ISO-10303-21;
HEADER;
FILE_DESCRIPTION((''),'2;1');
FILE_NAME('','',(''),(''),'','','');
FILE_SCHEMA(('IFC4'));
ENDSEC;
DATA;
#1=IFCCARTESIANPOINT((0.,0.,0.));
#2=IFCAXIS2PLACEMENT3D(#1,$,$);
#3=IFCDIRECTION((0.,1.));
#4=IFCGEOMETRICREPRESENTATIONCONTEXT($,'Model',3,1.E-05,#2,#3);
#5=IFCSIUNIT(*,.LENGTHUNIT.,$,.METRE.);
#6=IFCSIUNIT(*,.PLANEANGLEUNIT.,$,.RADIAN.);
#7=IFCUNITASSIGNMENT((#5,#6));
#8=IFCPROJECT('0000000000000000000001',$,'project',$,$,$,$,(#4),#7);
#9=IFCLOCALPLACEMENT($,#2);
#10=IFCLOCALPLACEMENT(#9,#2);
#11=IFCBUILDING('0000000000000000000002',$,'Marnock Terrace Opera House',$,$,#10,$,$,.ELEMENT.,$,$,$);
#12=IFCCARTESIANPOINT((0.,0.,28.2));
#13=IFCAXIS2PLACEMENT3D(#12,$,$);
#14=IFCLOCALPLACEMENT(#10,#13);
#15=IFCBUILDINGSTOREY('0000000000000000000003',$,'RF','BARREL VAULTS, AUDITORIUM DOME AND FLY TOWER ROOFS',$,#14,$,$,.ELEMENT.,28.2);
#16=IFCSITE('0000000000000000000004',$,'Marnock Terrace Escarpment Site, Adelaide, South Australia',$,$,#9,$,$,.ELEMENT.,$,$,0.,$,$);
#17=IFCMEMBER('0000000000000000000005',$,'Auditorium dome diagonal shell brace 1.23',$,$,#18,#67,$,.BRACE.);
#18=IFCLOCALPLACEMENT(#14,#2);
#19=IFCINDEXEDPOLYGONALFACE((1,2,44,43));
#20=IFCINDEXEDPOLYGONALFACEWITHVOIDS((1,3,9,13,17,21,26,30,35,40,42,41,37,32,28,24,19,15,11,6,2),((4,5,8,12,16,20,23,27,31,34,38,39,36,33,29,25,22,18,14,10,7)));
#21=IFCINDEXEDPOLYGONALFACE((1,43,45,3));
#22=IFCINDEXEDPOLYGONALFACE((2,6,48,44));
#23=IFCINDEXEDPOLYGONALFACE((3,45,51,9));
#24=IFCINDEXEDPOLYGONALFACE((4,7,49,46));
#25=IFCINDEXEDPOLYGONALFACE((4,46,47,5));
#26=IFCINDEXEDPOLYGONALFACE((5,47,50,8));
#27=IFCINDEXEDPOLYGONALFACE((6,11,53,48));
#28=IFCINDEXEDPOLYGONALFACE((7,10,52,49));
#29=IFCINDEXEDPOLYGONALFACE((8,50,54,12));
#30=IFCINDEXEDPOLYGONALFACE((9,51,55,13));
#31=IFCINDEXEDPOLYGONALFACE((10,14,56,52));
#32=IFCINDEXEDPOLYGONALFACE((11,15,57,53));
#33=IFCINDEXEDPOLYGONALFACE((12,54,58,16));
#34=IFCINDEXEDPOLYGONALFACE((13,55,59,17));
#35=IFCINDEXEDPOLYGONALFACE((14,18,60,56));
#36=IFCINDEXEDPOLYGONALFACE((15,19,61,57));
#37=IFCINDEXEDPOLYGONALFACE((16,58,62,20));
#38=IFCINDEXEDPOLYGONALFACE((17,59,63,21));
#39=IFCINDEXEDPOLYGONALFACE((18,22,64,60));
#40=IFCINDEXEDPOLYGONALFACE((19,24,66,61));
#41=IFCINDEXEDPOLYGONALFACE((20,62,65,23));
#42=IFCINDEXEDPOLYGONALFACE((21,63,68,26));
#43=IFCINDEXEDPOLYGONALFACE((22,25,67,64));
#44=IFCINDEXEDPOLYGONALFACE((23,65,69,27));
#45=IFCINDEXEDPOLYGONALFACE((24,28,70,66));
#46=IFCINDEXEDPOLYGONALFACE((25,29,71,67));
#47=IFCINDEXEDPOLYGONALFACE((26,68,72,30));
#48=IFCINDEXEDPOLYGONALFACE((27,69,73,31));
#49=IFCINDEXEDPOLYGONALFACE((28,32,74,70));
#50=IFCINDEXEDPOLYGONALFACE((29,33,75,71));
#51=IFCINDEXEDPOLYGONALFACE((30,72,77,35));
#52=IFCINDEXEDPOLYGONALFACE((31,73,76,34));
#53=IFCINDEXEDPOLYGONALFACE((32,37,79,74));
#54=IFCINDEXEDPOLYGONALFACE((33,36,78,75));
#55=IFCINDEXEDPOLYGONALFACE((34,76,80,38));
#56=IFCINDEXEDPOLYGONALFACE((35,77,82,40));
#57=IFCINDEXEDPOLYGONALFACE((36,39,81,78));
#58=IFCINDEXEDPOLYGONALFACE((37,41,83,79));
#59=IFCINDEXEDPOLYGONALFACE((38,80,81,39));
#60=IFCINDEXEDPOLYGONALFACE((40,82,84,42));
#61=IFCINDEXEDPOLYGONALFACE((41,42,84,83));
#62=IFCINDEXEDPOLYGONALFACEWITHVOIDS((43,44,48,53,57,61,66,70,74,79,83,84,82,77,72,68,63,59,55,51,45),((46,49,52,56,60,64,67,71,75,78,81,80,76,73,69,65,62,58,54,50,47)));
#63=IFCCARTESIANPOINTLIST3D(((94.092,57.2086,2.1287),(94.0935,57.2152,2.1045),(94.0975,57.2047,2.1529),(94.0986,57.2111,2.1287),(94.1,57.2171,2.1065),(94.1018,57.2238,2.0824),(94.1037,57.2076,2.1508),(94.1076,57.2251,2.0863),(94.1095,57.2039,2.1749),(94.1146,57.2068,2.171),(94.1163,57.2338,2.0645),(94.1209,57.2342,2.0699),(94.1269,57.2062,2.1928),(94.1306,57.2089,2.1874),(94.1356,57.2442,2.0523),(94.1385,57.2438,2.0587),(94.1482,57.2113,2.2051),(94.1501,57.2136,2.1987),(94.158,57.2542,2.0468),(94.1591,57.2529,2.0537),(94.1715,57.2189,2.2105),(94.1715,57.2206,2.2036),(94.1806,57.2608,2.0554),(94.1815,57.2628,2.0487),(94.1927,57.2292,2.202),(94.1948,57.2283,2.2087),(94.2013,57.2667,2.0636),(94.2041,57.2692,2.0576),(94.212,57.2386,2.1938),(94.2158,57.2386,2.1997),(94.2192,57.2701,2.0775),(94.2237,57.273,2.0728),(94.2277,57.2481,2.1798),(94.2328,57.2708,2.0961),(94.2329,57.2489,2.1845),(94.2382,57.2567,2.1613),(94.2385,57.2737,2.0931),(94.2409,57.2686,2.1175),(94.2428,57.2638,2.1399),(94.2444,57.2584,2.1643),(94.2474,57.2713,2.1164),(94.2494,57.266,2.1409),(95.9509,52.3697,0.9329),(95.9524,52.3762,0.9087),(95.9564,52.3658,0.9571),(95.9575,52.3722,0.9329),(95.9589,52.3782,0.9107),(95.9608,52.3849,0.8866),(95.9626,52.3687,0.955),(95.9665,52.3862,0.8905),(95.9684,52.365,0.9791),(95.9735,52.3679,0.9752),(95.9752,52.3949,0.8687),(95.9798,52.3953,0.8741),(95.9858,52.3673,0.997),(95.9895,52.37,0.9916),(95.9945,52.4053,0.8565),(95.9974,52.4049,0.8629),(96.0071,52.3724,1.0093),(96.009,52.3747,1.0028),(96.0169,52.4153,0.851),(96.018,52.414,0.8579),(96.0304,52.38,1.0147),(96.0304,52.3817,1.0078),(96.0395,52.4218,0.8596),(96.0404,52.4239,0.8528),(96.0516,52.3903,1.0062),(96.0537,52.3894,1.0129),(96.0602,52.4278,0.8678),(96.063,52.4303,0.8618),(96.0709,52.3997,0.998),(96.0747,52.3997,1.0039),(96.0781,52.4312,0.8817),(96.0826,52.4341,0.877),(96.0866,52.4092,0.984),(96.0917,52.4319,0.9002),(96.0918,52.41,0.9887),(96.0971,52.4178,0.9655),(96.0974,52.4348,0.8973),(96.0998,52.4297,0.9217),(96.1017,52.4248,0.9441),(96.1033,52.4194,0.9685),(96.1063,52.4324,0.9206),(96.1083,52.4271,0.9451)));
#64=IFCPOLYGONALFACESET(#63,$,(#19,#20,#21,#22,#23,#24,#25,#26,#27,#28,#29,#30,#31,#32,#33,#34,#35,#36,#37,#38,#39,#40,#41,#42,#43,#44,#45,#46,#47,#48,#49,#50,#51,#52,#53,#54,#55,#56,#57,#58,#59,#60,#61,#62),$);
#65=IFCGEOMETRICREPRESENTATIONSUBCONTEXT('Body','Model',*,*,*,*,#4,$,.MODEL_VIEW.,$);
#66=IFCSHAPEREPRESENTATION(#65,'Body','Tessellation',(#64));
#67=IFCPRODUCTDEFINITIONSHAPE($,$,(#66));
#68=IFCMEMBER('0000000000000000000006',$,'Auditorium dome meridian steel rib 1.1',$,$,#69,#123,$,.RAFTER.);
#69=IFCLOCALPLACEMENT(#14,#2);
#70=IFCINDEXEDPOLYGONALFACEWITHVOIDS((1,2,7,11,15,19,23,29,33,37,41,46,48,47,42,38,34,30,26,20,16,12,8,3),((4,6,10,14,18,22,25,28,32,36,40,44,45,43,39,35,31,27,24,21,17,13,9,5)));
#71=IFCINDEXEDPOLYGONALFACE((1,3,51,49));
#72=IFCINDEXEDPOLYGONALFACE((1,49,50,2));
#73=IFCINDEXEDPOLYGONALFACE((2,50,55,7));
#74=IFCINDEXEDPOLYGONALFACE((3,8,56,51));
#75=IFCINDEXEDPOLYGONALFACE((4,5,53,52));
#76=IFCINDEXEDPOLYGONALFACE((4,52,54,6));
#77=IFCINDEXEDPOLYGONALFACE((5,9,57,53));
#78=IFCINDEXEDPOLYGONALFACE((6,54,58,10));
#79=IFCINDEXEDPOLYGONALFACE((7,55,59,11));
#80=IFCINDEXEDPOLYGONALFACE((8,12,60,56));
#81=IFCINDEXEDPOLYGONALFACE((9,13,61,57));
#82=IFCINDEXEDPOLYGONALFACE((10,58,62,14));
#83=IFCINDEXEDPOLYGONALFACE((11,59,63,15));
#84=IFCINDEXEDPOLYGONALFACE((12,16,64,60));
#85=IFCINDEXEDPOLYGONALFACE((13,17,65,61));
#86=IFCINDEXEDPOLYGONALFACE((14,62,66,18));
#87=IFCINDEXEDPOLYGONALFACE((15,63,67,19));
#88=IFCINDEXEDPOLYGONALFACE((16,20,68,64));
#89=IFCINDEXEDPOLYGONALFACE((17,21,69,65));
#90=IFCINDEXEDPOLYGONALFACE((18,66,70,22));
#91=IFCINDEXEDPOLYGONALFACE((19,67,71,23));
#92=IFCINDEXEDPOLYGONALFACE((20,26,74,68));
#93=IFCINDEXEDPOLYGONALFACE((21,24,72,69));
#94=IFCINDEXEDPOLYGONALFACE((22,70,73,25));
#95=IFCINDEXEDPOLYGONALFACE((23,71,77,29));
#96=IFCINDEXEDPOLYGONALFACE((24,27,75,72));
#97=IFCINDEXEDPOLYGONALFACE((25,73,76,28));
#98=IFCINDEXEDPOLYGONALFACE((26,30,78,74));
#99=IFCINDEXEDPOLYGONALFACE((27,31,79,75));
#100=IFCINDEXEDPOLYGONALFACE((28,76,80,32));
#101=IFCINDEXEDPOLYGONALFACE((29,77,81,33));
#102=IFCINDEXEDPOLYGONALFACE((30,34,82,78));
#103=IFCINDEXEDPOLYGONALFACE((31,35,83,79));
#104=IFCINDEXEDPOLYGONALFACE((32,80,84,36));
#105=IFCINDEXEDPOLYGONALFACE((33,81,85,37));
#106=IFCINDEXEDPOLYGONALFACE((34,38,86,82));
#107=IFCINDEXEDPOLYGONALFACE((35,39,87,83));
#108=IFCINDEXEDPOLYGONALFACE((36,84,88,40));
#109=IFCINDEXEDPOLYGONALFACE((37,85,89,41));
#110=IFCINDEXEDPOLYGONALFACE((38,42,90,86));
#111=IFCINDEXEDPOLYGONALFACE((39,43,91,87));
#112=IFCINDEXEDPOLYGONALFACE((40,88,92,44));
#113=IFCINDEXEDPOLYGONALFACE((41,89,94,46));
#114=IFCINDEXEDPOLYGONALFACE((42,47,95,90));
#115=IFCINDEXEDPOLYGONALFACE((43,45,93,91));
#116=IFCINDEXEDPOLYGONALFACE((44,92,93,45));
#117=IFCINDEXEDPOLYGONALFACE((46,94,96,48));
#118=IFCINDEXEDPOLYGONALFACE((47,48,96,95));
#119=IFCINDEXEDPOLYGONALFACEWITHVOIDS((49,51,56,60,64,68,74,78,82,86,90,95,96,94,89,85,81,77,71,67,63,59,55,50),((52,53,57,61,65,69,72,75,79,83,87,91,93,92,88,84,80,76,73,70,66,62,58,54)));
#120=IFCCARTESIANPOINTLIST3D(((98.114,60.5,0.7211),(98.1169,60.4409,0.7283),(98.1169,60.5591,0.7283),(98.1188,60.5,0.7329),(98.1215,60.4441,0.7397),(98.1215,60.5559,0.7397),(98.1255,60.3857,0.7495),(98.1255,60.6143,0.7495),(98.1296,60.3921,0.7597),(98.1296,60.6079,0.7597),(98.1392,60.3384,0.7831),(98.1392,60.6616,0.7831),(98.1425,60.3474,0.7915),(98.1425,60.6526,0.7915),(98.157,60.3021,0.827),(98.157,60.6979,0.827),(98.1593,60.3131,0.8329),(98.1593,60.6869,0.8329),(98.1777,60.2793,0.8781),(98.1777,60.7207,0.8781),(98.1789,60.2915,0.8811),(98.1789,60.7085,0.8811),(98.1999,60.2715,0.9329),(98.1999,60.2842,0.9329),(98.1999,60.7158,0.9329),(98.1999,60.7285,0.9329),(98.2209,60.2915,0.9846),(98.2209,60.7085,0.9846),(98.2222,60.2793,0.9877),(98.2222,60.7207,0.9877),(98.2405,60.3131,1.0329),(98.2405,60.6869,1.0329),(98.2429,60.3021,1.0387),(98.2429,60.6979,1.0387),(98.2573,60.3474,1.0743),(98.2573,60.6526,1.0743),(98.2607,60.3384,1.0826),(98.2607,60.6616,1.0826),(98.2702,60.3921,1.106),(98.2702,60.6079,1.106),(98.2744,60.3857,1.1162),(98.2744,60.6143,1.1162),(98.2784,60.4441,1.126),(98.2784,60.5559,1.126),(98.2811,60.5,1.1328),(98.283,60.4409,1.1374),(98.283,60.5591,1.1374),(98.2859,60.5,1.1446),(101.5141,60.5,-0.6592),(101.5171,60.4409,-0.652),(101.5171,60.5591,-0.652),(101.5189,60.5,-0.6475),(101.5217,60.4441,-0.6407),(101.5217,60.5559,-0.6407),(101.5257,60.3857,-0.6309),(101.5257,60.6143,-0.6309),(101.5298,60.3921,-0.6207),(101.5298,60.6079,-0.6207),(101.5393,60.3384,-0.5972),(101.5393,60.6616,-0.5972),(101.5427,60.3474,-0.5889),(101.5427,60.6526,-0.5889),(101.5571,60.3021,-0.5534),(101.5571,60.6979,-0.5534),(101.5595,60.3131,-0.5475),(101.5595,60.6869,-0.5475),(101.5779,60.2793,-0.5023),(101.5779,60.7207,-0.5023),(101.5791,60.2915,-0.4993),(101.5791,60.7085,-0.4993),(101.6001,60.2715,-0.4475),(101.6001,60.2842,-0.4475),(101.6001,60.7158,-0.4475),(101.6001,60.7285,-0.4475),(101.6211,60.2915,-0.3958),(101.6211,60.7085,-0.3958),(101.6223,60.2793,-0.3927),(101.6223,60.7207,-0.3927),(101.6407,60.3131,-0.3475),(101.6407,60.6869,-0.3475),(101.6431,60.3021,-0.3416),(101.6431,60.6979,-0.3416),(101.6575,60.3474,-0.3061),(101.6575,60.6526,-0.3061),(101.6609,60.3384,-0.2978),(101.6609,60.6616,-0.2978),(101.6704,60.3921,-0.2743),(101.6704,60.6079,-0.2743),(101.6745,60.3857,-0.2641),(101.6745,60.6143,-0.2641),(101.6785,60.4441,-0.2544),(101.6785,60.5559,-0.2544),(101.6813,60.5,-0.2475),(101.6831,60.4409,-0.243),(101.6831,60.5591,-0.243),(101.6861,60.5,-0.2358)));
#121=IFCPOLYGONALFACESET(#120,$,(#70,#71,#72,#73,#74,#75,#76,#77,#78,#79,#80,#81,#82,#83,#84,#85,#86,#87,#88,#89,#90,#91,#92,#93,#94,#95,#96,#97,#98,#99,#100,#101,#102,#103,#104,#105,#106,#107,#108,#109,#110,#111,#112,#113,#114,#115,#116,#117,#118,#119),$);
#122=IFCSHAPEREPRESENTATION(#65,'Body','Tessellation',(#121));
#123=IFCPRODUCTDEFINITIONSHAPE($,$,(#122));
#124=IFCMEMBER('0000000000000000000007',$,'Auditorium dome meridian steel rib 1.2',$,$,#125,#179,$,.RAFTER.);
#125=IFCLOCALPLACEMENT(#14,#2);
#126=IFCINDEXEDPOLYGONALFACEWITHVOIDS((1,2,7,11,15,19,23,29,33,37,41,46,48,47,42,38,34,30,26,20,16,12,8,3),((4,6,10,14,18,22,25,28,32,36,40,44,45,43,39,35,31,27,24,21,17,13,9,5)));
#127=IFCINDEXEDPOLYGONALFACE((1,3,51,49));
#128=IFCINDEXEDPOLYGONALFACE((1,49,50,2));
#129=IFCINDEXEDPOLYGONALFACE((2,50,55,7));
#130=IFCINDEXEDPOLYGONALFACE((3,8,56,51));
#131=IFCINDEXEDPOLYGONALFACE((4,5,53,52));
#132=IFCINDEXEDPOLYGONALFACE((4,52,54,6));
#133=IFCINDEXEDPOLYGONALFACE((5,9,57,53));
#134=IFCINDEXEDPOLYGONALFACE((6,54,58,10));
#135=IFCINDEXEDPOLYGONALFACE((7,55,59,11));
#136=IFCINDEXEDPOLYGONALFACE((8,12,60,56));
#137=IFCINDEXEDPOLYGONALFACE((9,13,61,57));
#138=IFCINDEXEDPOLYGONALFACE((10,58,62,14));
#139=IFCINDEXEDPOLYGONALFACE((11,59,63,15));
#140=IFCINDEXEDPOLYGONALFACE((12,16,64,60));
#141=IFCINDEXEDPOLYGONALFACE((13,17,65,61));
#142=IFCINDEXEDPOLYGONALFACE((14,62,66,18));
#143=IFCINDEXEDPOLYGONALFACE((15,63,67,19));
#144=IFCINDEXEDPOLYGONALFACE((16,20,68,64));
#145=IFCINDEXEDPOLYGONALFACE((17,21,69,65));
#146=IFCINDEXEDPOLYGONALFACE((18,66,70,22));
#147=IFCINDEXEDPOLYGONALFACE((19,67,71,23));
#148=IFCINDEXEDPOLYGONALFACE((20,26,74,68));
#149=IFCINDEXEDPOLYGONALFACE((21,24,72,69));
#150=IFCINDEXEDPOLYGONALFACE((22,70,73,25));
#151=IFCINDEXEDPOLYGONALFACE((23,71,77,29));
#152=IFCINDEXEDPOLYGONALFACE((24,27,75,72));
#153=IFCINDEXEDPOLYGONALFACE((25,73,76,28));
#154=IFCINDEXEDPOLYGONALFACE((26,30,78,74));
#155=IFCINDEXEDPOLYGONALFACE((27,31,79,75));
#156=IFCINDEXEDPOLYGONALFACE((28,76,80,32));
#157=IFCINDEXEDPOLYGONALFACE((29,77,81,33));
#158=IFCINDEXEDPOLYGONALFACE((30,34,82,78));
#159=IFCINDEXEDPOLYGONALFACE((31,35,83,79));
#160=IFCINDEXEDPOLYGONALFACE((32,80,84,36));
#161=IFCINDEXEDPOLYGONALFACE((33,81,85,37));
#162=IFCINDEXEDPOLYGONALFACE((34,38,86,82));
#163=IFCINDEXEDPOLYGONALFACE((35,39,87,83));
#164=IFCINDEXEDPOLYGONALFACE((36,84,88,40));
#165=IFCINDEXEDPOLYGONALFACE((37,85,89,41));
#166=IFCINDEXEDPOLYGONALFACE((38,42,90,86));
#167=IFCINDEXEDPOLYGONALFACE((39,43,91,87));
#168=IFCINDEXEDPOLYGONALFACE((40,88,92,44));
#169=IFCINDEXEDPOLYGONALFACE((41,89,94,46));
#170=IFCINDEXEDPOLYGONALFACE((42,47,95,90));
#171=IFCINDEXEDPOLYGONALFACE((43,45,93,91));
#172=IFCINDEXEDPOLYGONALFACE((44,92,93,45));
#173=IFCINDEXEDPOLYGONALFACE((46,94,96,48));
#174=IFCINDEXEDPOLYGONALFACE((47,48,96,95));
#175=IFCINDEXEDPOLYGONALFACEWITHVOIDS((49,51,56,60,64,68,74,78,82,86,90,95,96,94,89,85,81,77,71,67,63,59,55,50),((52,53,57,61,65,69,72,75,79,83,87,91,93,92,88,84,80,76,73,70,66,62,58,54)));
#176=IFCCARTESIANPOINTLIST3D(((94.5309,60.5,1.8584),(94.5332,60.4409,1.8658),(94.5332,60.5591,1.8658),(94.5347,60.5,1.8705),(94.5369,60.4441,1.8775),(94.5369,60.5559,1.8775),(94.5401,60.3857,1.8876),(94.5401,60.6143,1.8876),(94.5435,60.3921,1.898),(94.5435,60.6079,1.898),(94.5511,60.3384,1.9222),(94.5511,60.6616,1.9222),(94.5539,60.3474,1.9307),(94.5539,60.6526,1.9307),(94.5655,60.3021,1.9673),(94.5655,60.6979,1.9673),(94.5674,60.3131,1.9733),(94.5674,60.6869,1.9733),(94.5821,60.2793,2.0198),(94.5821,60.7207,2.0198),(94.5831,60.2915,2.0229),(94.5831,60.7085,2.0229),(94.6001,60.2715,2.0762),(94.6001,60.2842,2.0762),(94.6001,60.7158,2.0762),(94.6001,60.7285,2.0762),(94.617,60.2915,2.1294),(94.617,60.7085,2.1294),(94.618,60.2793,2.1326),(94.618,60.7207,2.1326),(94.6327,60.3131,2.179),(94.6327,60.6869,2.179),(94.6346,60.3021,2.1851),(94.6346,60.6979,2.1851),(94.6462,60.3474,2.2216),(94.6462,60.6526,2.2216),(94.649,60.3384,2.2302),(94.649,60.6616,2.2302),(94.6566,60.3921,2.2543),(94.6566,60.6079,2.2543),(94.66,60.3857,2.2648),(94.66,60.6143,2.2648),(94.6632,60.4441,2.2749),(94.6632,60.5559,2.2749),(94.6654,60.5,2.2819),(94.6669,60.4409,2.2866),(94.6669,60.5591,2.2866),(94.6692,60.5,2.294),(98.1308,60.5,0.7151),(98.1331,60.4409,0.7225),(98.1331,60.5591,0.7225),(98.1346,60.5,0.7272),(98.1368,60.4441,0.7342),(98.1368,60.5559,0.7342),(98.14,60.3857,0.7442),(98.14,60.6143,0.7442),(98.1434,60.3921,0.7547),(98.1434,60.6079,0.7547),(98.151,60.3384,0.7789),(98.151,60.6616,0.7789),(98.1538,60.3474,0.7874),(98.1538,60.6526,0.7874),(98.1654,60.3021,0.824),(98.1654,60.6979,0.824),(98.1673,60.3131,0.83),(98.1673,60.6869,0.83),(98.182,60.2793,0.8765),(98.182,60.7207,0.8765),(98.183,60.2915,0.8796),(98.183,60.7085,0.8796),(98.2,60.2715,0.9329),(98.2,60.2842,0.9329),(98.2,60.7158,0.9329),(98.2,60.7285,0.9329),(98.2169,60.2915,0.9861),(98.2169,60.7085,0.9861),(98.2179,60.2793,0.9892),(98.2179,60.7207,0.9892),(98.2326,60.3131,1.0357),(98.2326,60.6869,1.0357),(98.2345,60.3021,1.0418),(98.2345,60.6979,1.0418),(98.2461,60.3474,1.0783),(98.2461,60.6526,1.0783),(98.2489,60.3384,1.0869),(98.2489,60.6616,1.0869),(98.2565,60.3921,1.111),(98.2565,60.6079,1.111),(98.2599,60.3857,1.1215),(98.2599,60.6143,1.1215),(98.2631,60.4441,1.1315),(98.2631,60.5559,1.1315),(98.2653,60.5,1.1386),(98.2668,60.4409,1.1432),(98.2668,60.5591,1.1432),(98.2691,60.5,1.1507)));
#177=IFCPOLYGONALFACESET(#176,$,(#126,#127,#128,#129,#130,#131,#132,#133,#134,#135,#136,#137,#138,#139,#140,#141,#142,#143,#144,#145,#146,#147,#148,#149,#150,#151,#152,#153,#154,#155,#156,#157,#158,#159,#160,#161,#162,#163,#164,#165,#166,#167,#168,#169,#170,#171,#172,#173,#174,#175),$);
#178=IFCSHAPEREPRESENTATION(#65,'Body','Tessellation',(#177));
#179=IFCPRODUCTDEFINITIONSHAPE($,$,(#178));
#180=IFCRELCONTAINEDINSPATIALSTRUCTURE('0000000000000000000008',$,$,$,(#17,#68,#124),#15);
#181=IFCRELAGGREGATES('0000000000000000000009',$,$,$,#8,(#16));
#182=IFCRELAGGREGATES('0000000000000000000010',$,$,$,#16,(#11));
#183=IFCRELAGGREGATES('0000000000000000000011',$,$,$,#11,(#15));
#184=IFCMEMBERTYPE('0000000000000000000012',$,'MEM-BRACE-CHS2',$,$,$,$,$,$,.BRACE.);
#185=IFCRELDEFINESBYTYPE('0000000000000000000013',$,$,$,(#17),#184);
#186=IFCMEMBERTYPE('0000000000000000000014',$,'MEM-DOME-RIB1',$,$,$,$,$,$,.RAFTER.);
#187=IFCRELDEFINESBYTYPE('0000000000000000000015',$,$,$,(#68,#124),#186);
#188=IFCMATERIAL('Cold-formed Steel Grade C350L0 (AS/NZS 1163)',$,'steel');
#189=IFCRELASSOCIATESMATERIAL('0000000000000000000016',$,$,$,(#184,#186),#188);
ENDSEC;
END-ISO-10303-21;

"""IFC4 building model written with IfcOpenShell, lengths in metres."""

from ifc_helpers import new_model, si_unit, direction, frame, origin, origin_2d, place, context, subcontext, project, spatial, hollow_circle, extrude, material, material_profile, profile_set, type_object, element, save


model = new_model("IFC4")

# Units and contexts
model_context = context("Model", 3, precision=1e-05, world=origin(), true_north=direction((0.0, 1.0)))
body_context = subcontext(model_context, "Body", "Model", "MODEL_VIEW")
ifc_project = project(units=[si_unit("LENGTHUNIT", "METRE"), si_unit("PLANEANGLEUNIT", "RADIAN")], contexts=[model_context])

# Site, building, storey
site_placement = place(None, origin())
site = spatial("IfcSite", under=ifc_project, at=site_placement, Name="Marnock Terrace Escarpment Site, Adelaide, South Australia", CompositionType="ELEMENT", RefElevation=0.0)
building_placement = place(site_placement, origin())
building = spatial("IfcBuilding", under=site, at=building_placement, Name="Marnock Terrace Opera House", CompositionType="ELEMENT")
storey_placement = place(building_placement, frame((0.0, 0.0, 28.2)))
storey = spatial("IfcBuildingStorey", under=building, at=storey_placement, Name="RF", Description="BARREL VAULTS, AUDITORIUM DOME AND FLY TOWER ROOFS", CompositionType="ELEMENT", Elevation=28.2)

# Members
ifc_material_1 = material(Name="Cold-formed Steel Grade C350L0 (AS/NZS 1163)", Category="steel")
ifc_material_profile_1 = material_profile(ifc_material_1, hollow_circle(Radius=0.0842, WallThickness=0.0071, at=origin_2d()))
ifc_profile_set_1 = profile_set([ifc_material_profile_1], Name="Cold-formed Steel Grade C350L0 (AS/NZS 1163)")
member_type_1 = type_object("IfcMemberType", Name="MEM-BRACE-CHS2", PredefinedType="BRACE", material=ifc_profile_set_1)
member_1_placement = place(storey_placement, frame((96.0295, 52.3999, 0.9329), z_axis=(-0.349429, 0.9096, 0.224784), x_axis=(-0.933489, -0.358607, 0.0)))
element("IfcMember", 1, at=member_1_placement, inside=storey, type_object=member_type_1, Name="Auditorium dome diagonal shell brace 1.23", PredefinedType="BRACE", context=body_context, shape_type="SweptSolid", body=[
    extrude(hollow_circle(Radius=0.0842, WallThickness=0.0071, at=origin_2d()), origin(), (0.0, 0.0, 1.0), 5.3198),
])
ifc_material_profile_2 = material_profile(ifc_material_1, hollow_circle(Radius=0.2285, WallThickness=0.0127, at=origin_2d()))
ifc_profile_set_2 = profile_set([ifc_material_profile_2], Name="Cold-formed Steel Grade C350L0 (AS/NZS 1163)")
member_type_2 = type_object("IfcMemberType", Name="MEM-DOME-RIB1", PredefinedType="RAFTER", material=ifc_profile_set_2)
member_2_placement = place(storey_placement, frame((101.6001, 60.5, -0.4475), z_axis=(-0.926556, 0.0, 0.376158), x_axis=(0.0, -1.0, 0.0)))
element("IfcMember", 2, at=member_2_placement, inside=storey, type_object=member_type_2, Name="Auditorium dome meridian steel rib 1.1", PredefinedType="RAFTER", context=body_context, shape_type="SweptSolid", body=[
    extrude(hollow_circle(Radius=0.2285, WallThickness=0.0127, at=origin_2d()), origin(), (0.0, 0.0, 1.0), 3.6697),
])
member_3_placement = place(storey_placement, frame((98.2, 60.5, 0.9329), z_axis=(-0.953086, 0.0, 0.302699), x_axis=(0.0, -1.0, 0.0)))
element("IfcMember", 3, at=member_3_placement, inside=storey, type_object=member_type_2, Name="Auditorium dome meridian steel rib 1.2", PredefinedType="RAFTER", context=body_context, shape_type="SweptSolid", body=[
    extrude(hollow_circle(Radius=0.2285, WallThickness=0.0127, at=origin_2d()), origin(), (0.0, 0.0, 1.0), 3.7771),
])

save(model, "model.ifc")
